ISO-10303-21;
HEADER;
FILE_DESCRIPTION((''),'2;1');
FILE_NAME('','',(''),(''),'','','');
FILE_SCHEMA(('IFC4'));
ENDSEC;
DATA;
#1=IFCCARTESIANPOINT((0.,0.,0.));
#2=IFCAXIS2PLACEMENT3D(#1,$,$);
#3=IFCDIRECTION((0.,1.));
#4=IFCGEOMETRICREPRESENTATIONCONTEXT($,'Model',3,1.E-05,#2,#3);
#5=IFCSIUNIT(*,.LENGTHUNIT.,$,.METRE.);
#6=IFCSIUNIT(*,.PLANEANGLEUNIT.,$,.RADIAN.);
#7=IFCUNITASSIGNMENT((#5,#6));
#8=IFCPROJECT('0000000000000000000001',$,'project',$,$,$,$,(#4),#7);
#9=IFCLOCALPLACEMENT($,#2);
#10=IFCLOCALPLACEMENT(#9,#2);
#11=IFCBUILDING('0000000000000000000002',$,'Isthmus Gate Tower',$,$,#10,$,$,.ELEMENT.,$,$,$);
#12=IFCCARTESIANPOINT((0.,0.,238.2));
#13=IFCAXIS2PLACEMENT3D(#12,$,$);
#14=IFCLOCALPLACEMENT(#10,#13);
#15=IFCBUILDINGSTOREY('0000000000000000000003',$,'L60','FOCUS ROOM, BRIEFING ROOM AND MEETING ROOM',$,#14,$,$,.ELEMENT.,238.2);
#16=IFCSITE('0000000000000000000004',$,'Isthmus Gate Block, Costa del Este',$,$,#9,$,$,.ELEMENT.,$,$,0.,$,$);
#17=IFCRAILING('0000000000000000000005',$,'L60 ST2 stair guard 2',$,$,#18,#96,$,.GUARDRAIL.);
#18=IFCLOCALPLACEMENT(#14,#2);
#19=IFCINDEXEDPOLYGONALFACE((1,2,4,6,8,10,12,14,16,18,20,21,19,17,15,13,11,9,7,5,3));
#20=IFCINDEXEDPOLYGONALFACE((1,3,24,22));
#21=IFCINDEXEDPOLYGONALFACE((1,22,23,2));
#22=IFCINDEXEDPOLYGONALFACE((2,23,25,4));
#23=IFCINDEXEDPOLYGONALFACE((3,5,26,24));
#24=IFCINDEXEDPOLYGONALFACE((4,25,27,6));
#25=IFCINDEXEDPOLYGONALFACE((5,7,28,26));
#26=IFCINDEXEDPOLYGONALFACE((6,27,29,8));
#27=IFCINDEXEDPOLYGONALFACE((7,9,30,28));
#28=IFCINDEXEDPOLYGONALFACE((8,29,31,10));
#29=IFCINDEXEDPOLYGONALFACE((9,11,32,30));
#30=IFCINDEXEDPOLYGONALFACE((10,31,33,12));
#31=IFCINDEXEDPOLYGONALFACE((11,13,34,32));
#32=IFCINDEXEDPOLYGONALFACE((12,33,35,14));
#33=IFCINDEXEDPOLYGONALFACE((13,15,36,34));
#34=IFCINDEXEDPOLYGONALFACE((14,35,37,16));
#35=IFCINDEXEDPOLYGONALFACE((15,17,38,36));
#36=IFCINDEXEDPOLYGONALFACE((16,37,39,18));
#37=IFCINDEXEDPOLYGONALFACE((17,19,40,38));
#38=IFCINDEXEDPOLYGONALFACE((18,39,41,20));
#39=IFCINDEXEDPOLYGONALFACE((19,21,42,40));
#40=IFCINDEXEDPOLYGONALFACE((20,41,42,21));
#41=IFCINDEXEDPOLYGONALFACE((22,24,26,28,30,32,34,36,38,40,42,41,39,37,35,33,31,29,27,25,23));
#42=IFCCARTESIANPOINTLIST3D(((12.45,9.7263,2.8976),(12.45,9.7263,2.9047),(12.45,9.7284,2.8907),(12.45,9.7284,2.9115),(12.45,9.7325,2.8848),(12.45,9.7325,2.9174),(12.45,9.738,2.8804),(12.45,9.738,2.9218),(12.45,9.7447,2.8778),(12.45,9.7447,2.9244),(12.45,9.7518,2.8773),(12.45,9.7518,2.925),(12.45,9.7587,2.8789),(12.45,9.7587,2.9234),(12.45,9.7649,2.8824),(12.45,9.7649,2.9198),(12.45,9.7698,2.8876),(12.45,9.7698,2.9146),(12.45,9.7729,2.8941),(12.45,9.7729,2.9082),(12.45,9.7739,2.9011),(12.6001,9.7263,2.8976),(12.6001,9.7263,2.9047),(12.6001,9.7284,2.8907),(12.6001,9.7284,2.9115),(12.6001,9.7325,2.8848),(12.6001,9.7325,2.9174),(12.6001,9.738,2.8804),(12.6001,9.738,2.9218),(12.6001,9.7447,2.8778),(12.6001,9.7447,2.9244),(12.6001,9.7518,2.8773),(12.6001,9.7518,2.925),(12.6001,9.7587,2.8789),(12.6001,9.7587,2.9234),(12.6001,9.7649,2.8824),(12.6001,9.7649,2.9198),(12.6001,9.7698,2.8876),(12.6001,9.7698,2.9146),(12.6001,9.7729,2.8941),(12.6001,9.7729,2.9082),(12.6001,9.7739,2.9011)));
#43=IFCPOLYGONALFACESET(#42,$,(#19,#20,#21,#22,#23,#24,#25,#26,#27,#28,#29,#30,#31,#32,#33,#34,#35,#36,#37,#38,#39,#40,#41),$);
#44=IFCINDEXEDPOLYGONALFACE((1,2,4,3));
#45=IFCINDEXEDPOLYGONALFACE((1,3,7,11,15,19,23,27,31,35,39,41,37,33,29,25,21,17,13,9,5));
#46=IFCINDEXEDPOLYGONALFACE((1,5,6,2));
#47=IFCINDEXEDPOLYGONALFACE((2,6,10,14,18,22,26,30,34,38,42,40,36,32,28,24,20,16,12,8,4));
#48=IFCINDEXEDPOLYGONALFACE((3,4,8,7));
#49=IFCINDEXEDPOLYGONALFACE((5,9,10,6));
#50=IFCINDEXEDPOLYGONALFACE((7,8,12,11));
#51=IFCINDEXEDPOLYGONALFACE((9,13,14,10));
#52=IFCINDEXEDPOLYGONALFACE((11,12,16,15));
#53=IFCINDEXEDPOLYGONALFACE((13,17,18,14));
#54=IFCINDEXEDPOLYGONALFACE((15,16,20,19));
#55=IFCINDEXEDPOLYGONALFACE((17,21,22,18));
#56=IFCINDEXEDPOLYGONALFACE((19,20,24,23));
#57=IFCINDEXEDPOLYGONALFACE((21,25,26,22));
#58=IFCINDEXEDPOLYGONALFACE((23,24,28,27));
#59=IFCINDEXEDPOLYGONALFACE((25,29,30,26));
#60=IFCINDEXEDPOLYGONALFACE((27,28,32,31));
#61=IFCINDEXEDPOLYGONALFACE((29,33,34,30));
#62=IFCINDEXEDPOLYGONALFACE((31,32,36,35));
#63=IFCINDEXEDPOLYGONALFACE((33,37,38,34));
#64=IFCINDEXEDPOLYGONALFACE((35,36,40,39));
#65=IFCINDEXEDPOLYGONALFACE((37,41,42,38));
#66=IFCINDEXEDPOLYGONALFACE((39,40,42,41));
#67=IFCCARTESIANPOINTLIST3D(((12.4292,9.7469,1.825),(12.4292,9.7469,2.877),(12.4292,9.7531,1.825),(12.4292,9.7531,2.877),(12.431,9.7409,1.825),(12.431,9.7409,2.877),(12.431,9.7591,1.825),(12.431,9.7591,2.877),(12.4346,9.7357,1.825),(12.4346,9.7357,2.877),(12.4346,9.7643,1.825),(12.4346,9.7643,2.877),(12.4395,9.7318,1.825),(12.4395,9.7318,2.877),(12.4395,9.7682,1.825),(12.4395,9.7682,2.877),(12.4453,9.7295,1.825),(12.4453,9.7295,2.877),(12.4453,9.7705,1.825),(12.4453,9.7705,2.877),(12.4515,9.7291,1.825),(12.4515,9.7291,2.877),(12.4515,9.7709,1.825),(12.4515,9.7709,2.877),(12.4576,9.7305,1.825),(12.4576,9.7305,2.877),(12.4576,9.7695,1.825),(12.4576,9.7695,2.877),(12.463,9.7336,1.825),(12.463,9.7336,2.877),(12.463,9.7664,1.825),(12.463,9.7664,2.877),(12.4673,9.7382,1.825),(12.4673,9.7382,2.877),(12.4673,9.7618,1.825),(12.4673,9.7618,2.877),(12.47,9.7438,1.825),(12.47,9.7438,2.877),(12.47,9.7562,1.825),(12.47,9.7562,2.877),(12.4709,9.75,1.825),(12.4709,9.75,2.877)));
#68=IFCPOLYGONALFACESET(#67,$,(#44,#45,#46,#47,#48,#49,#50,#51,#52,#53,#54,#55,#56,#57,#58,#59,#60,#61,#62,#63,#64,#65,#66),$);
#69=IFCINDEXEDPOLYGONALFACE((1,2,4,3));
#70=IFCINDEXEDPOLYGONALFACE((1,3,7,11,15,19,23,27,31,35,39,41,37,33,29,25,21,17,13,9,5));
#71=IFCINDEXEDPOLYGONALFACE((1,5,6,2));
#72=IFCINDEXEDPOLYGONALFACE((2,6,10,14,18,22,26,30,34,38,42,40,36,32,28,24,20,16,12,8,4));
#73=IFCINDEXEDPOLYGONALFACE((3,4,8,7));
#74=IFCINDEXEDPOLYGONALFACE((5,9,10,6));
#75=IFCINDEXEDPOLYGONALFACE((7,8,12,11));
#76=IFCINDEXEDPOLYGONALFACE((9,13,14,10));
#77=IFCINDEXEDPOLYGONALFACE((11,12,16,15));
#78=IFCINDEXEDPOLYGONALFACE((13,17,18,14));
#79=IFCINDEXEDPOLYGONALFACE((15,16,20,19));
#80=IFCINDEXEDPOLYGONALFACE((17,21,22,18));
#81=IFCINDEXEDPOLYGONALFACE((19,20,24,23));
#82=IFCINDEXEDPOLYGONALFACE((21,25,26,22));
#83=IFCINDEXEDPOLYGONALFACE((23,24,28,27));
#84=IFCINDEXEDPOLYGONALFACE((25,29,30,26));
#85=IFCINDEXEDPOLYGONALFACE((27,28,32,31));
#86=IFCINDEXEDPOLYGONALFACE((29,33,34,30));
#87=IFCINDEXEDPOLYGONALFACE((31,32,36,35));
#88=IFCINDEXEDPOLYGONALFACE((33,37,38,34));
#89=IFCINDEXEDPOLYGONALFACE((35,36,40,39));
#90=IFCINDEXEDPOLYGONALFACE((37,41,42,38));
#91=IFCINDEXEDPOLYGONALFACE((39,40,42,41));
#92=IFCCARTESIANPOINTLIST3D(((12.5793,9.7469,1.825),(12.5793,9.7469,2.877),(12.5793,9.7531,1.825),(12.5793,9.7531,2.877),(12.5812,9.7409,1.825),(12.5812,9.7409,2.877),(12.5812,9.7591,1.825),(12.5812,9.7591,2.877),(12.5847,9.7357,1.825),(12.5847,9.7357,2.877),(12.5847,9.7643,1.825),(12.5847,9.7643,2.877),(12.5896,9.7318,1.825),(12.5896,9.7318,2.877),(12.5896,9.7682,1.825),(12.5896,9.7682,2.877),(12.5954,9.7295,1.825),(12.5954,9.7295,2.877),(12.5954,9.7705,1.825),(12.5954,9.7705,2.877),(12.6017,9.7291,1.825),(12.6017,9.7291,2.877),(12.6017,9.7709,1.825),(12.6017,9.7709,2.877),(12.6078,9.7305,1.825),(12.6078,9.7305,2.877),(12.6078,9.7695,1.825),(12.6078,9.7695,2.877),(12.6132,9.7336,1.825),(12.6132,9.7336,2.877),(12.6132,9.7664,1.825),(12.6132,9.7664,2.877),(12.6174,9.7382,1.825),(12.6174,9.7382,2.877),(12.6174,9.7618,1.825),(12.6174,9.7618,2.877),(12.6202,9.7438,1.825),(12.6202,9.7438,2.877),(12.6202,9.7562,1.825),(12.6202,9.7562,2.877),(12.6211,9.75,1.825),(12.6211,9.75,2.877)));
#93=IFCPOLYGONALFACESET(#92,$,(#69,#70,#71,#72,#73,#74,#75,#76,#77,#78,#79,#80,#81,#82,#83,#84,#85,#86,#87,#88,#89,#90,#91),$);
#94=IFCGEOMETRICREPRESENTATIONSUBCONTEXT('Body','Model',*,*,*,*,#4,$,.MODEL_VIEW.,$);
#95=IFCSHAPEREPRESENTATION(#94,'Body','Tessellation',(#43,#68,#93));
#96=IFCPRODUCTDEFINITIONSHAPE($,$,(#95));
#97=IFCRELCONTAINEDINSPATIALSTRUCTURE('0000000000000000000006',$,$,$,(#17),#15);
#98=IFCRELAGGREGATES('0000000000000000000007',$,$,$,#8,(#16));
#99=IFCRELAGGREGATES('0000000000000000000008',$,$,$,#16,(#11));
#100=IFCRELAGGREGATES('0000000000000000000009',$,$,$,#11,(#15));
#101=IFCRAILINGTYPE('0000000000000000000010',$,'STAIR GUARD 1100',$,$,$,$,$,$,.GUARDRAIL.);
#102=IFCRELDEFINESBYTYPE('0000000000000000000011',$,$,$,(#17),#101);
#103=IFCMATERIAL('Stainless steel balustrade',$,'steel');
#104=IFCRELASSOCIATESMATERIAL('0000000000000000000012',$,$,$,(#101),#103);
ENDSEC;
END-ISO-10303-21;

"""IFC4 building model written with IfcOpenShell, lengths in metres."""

from ifc_helpers import new_model, si_unit, direction, frame, origin, origin_2d, place, context, subcontext, project, spatial, circle, extrude, material, type_object, element, save


model = new_model("IFC4")

# Units and contexts
model_context = context("Model", 3, precision=1e-05, world=origin(), true_north=direction((0.0, 1.0)))
body_context = subcontext(model_context, "Body", "Model", "MODEL_VIEW")
ifc_project = project(units=[si_unit("LENGTHUNIT", "METRE"), si_unit("PLANEANGLEUNIT", "RADIAN")], contexts=[model_context])

# Site, building, storey
site_placement = place(None, origin())
site = spatial("IfcSite", under=ifc_project, at=site_placement, Name="Isthmus Gate Block, Costa del Este", CompositionType="ELEMENT", RefElevation=0.0)
building_placement = place(site_placement, origin())
building = spatial("IfcBuilding", under=site, at=building_placement, Name="Isthmus Gate Tower", CompositionType="ELEMENT")
storey_placement = place(building_placement, frame((0.0, 0.0, 238.2)))
storey = spatial("IfcBuildingStorey", under=building, at=storey_placement, Name="L60", Description="FOCUS ROOM, BRIEFING ROOM AND MEETING ROOM", CompositionType="ELEMENT", Elevation=238.2)

# Railing
ifc_material_1 = material(Name="Stainless steel balustrade", Category="steel")
railing_type_1 = type_object("IfcRailingType", Name="STAIR GUARD 1100", PredefinedType="GUARDRAIL", material=ifc_material_1)
railing_1_placement = place(storey_placement, frame((12.45, 9.75, 1.825)))
element("IfcRailing", 1, at=railing_1_placement, inside=storey, type_object=railing_type_1, Name="L60 ST2 stair guard 2", PredefinedType="GUARDRAIL", context=body_context, shape_type="SweptSolid", body=[
    extrude(circle(Radius=0.0239, at=origin_2d()), frame((0.0, 0.0, 1.0762), z_axis=(1.0, 0.0, 0.0), x_axis=(0.0, 1.0, 0.0)), (0.0, 0.0, 1.0), 0.1501),
    extrude(circle(Radius=0.021, at=origin_2d()), origin(), (0.0, 0.0, 1.0), 1.052),
    extrude(circle(Radius=0.021, at=origin_2d()), frame((0.1501, 0.0, 0.0)), (0.0, 0.0, 1.0), 1.052),
])

save(model, "model.ifc")
